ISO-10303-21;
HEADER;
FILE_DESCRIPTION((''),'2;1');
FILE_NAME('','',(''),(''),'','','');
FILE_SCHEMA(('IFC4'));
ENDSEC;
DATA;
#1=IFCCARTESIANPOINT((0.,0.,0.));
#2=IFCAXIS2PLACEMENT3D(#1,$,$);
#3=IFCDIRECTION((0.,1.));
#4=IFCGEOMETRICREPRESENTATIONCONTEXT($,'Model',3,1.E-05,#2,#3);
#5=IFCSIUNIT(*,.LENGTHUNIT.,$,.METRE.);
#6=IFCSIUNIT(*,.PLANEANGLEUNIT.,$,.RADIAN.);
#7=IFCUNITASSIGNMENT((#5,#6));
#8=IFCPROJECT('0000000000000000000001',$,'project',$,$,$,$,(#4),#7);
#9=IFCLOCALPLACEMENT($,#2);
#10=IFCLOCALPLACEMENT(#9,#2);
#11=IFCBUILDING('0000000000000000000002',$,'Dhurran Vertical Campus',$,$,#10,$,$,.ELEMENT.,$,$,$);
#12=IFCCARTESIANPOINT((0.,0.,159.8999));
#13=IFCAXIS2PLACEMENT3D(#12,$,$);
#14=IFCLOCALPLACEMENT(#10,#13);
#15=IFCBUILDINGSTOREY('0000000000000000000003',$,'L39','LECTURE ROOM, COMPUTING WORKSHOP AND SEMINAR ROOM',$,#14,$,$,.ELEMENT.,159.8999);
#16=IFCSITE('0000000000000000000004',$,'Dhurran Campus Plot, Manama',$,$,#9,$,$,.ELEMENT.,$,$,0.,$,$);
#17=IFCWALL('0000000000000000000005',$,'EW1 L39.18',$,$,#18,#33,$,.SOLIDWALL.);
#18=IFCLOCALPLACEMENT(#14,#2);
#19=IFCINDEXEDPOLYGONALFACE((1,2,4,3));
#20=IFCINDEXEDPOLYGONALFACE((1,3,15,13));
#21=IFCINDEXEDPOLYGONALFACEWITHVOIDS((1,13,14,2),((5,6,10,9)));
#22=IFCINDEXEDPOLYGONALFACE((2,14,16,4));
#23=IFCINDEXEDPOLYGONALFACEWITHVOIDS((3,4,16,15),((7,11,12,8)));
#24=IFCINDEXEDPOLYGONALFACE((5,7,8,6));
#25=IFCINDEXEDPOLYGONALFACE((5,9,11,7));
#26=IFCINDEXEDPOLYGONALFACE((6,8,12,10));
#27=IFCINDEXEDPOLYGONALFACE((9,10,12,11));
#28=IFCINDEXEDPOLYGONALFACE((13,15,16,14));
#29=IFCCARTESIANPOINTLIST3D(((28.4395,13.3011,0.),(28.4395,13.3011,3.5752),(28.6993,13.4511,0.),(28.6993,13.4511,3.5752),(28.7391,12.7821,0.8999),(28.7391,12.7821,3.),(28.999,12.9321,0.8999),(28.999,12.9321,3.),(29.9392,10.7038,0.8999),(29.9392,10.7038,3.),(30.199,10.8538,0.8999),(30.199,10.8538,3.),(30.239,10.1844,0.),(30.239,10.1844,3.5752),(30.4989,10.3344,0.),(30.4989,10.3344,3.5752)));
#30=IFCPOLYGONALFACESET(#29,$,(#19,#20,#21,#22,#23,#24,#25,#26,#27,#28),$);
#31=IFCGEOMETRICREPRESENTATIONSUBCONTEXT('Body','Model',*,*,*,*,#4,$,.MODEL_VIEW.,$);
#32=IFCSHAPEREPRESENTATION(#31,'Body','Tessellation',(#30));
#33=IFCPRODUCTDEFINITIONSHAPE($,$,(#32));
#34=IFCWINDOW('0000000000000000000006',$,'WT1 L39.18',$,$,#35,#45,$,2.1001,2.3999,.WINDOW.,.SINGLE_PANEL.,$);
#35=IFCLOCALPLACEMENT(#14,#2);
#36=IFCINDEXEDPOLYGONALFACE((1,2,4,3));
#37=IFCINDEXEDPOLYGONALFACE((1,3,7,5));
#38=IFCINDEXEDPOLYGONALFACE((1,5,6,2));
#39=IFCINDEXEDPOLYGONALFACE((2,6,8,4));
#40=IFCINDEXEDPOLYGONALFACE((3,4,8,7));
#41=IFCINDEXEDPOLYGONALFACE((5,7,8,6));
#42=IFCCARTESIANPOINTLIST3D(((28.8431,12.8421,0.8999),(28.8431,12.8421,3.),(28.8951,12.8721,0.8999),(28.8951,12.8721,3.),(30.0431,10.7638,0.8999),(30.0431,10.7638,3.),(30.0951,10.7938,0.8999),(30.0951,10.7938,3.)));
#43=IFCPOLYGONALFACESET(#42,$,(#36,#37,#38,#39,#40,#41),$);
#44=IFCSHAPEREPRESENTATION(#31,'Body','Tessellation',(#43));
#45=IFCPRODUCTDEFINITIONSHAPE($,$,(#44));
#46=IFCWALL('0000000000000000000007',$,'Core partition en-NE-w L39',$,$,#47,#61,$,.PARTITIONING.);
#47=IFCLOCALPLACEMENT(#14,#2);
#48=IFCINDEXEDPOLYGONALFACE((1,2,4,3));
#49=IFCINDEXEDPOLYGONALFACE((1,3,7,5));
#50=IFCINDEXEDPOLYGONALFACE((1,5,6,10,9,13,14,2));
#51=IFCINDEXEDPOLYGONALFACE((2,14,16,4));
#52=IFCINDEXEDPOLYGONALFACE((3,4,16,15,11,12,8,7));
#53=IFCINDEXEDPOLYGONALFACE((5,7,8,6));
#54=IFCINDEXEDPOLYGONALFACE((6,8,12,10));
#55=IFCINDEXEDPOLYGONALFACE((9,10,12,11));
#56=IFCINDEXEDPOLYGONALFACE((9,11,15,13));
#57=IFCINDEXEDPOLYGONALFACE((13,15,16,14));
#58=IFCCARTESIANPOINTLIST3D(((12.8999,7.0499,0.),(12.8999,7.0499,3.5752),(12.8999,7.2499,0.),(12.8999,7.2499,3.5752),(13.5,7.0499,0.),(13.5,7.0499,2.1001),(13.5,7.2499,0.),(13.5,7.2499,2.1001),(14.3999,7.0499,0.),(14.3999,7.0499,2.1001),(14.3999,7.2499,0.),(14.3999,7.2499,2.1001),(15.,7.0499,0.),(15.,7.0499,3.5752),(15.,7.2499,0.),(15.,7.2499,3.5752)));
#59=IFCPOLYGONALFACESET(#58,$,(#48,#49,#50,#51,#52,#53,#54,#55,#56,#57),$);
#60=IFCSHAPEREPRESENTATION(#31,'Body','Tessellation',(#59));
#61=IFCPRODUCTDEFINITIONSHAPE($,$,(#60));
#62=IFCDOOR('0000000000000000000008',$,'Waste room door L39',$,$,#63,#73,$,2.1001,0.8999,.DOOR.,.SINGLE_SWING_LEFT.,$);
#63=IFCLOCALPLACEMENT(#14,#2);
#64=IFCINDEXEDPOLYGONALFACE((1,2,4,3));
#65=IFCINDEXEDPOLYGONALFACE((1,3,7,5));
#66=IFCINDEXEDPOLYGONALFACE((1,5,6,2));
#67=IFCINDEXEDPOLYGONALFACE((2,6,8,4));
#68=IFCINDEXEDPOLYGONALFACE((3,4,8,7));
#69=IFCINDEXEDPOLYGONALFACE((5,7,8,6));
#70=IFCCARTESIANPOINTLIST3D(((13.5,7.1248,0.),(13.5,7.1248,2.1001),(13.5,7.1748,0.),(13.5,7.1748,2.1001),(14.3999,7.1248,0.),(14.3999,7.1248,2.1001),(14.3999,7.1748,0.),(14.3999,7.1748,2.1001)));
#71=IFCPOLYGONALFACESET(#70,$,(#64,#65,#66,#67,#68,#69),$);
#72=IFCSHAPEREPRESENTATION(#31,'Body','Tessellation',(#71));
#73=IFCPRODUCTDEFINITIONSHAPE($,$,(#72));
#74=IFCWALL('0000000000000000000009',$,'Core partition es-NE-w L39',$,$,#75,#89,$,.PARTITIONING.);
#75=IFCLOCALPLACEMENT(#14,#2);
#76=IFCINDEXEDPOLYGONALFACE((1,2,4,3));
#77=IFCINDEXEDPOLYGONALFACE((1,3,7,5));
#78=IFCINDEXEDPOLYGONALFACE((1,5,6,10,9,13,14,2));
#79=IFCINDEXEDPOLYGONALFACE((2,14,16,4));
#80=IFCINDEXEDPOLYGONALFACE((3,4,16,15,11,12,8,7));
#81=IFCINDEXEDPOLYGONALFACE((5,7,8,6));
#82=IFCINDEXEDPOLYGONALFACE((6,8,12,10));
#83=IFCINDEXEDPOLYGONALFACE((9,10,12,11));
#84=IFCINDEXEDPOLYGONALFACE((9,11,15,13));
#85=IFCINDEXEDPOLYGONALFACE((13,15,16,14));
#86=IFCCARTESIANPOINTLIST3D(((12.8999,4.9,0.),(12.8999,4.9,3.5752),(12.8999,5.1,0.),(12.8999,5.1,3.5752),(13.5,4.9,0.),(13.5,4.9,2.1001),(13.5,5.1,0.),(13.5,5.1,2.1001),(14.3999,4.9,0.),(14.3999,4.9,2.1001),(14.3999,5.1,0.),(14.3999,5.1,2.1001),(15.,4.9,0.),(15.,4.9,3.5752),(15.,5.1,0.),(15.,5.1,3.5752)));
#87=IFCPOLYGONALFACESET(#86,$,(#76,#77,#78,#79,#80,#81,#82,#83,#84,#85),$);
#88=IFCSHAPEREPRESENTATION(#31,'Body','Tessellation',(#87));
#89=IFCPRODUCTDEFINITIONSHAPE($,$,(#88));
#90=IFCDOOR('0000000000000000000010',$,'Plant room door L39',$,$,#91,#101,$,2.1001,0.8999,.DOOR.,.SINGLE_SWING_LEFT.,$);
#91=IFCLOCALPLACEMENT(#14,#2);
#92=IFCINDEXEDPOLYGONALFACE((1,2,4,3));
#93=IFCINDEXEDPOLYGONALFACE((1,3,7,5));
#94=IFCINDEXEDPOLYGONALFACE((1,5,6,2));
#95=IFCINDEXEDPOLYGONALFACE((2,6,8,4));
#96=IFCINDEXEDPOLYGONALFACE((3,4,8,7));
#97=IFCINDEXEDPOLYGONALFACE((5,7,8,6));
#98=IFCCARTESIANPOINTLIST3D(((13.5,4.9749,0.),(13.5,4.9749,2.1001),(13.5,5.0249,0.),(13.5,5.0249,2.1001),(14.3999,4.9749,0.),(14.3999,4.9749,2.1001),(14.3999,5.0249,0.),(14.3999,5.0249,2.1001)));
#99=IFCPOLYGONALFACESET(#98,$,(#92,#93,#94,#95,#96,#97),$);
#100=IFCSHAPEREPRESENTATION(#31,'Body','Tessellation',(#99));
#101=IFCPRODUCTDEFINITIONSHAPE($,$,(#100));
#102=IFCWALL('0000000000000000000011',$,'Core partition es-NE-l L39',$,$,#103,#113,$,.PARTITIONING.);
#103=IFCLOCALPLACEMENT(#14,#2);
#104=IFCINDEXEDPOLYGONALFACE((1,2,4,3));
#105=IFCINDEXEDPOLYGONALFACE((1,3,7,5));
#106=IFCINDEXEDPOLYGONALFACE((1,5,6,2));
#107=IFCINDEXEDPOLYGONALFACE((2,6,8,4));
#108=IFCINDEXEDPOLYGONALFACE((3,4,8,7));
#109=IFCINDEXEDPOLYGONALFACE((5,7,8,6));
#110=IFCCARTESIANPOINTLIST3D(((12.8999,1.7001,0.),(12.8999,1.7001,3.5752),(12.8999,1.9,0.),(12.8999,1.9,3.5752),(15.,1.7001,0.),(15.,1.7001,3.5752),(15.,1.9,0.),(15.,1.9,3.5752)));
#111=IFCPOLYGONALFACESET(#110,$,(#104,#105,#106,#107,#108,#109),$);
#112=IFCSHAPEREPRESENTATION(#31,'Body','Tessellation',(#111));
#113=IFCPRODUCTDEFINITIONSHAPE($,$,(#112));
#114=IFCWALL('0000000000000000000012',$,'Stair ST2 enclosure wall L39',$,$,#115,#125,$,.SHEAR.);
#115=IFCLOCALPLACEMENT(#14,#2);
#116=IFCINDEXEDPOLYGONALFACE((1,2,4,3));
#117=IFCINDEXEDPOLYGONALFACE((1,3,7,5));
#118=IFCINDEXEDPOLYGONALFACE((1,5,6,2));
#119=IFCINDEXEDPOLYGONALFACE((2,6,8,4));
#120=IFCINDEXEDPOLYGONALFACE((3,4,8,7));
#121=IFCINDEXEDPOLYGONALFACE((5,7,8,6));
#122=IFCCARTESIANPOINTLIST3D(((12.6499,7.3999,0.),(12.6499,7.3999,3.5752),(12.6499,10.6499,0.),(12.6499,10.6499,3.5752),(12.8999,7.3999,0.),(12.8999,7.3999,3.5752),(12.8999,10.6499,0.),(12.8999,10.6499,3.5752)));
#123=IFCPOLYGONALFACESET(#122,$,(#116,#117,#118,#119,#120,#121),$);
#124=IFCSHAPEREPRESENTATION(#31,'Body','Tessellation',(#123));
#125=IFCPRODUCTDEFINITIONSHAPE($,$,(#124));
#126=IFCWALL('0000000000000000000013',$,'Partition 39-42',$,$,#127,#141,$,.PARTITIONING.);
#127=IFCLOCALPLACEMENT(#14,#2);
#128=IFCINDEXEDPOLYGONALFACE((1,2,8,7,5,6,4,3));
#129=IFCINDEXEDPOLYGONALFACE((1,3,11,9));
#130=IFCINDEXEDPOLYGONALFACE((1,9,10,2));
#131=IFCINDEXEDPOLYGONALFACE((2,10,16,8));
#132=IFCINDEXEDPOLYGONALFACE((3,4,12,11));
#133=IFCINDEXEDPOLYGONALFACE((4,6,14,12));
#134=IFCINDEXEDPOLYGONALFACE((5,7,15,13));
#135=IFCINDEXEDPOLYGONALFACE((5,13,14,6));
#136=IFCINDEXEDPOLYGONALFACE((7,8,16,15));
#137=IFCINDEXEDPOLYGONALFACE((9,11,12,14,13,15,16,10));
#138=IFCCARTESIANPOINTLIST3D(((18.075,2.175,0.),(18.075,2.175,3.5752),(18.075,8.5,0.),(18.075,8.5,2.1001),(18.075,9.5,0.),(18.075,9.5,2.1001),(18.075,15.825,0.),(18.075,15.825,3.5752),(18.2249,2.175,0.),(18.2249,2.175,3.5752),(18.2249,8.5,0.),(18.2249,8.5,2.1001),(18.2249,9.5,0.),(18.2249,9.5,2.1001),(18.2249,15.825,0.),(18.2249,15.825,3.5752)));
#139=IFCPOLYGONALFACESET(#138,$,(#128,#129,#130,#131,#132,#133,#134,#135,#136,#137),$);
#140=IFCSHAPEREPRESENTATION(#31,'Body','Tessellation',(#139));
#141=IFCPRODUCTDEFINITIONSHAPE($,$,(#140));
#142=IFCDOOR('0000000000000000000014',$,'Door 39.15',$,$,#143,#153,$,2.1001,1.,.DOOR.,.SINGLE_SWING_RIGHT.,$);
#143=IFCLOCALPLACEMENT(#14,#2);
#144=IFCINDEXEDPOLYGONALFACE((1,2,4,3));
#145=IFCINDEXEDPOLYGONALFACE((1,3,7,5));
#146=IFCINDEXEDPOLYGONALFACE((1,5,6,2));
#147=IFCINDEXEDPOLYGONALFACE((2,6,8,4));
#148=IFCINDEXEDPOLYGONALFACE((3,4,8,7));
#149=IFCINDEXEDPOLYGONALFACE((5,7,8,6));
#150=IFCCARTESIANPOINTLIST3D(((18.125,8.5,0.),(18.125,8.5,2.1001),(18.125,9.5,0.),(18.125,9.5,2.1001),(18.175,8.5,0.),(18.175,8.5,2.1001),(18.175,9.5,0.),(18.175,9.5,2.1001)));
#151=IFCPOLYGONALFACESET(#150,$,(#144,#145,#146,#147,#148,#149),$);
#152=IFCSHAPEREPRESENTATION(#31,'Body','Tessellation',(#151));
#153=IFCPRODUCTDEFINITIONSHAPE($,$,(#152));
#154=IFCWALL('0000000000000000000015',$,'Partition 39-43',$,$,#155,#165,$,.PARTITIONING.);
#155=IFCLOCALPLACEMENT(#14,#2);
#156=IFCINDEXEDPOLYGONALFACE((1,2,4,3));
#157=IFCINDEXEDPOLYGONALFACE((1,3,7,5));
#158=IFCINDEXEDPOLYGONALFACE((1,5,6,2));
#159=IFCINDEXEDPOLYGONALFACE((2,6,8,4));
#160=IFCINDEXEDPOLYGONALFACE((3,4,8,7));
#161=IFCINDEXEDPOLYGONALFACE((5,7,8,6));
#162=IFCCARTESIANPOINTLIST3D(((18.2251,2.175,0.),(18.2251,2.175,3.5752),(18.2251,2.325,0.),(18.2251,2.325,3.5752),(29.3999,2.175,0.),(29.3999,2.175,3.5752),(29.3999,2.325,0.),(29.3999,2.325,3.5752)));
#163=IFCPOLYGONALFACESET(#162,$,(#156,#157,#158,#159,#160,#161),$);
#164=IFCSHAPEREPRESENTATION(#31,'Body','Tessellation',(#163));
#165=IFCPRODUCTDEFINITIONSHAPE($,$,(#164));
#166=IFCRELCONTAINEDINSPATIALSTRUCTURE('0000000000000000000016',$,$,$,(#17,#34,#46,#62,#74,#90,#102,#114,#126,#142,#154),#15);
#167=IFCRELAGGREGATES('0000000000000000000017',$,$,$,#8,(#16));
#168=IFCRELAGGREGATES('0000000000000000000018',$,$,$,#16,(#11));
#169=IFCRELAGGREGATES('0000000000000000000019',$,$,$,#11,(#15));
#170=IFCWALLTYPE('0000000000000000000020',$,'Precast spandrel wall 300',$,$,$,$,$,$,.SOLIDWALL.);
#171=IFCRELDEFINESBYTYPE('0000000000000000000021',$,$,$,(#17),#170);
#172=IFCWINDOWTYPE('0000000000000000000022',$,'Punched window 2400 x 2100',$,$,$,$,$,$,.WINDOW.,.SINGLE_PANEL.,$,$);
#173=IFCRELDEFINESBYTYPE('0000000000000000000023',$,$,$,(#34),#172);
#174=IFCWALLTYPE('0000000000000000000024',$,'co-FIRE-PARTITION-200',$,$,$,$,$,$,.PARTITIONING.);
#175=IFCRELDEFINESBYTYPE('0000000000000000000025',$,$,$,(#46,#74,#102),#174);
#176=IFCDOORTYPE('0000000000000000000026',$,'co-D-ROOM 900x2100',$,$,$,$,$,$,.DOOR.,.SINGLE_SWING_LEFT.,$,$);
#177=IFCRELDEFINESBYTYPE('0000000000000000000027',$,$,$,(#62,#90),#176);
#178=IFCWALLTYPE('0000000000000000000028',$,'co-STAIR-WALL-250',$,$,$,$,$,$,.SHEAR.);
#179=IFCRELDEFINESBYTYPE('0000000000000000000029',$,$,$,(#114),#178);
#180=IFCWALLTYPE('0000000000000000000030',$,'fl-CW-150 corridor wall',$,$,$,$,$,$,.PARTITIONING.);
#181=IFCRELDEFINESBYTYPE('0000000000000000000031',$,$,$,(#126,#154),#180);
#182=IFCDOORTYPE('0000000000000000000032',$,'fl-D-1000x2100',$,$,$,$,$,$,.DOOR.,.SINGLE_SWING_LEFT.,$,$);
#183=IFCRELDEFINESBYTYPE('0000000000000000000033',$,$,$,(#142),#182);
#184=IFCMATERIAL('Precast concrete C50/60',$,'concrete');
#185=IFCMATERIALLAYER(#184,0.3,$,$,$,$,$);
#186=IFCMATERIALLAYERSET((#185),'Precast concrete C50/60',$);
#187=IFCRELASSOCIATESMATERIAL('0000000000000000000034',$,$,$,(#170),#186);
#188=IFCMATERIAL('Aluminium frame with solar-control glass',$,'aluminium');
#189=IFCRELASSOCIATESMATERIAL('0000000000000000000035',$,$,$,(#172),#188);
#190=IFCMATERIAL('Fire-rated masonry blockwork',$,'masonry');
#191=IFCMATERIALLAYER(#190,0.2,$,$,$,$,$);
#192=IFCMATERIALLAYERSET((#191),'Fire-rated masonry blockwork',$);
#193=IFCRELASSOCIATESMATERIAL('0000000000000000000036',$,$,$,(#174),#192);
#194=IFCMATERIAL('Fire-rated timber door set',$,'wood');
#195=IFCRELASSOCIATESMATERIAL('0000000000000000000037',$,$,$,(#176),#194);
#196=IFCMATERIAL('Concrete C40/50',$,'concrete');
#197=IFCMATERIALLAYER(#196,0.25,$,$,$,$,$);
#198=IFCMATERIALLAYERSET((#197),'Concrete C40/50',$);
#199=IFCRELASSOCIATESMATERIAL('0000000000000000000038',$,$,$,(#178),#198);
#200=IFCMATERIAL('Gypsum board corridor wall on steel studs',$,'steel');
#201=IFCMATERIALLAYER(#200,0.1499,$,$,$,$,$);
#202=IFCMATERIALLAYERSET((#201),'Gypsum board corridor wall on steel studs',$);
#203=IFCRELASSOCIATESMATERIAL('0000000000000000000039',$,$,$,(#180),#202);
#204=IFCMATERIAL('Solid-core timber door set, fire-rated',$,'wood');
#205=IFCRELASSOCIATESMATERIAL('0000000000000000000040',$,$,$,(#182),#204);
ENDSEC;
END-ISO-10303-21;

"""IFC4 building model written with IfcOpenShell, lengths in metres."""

from ifc_helpers import new_model, si_unit, direction, frame, frame_2d, origin, place, context, subcontext, project, spatial, rectangle, extrude, material, layer, layer_set, type_object, element, fill, save


model = new_model("IFC4")

# Units and contexts
model_context = context("Model", 3, precision=1e-05, world=origin(), true_north=direction((0.0, 1.0)))
body_context = subcontext(model_context, "Body", "Model", "MODEL_VIEW")
ifc_project = project(units=[si_unit("LENGTHUNIT", "METRE"), si_unit("PLANEANGLEUNIT", "RADIAN")], contexts=[model_context])

# Site, building, storey
site_placement = place(None, origin())
site = spatial("IfcSite", under=ifc_project, at=site_placement, Name="Dhurran Campus Plot, Manama", CompositionType="ELEMENT", RefElevation=0.0)
building_placement = place(site_placement, origin())
building = spatial("IfcBuilding", under=site, at=building_placement, Name="Dhurran Vertical Campus", CompositionType="ELEMENT")
storey_placement = place(building_placement, frame((0.0, 0.0, 159.8999)))
storey = spatial("IfcBuildingStorey", under=building, at=storey_placement, Name="L39", Description="LECTURE ROOM, COMPUTING WORKSHOP AND SEMINAR ROOM", CompositionType="ELEMENT", Elevation=159.8999)

# Wall, opening, window
ifc_material_1 = material(Name="Precast concrete C50/60", Category="concrete")
ifc_layer_1 = layer(ifc_material_1, 0.3)
ifc_layer_set_1 = layer_set([ifc_layer_1], Name="Precast concrete C50/60")
wall_type_1 = type_object("IfcWallType", Name="Precast spandrel wall 300", PredefinedType="SOLIDWALL", material=ifc_layer_set_1)
ifc_material_2 = material(Name="Aluminium frame with solar-control glass", Category="aluminium")
window_type = type_object("IfcWindowType", Name="Punched window 2400 x 2100", PartitioningType="SINGLE_PANEL", PredefinedType="WINDOW", material=ifc_material_2)
wall_1_placement = place(storey_placement, frame((30.3689, 10.2595, 0.0), z_axis=(0.0, 0.0, 1.0), x_axis=(-0.500028, 0.866009, 0.0)))
wall_1 = element("IfcWall", 1, at=wall_1_placement, inside=storey, type_object=wall_type_1, Name="EW1 L39.18", PredefinedType="SOLIDWALL", context=body_context, shape_type="SweptSolid", body=[
    extrude(rectangle(XDim=3.5989, YDim=0.3, at=frame_2d((1.7993, 0.0))), origin(), (0.0, 0.0, 1.0), 3.5752),
])
opening_1_placement = place(wall_1_placement, frame((0.5996, 0.0, 0.8999)))
opening_1 = element("IfcOpeningElement", 2, at=opening_1_placement, cuts=wall_1, PredefinedType="OPENING", context=body_context, shape_type="SweptSolid", body=[
    extrude(rectangle(XDim=2.3999, YDim=2.1001, at=frame_2d((1.2, 1.05))), frame((0.0, 0.1599, 0.0), z_axis=(0.0, -1.0, 0.0), x_axis=(1.0, 0.0, 0.0)), (0.0, 0.0, 1.0), 0.3201),
])
window_1_placement = place(opening_1_placement, origin())
window_1 = element("IfcWindow", 3, at=window_1_placement, inside=storey, type_object=window_type, Name="WT1 L39.18", OverallHeight=2.1001, OverallWidth=2.3999, PartitioningType="SINGLE_PANEL", PredefinedType="WINDOW", context=body_context, shape_type="SweptSolid", body=[
    extrude(rectangle(XDim=2.3999, YDim=2.1001, at=frame_2d((1.2, 1.05))), frame((0.0, 0.03, 0.0), z_axis=(0.0, -1.0, 0.0), x_axis=(1.0, 0.0, 0.0)), (0.0, 0.0, 1.0), 0.0601),
])
fill(opening_1, window_1)

# Walls, openings, doors
ifc_material_3 = material(Name="Fire-rated masonry blockwork", Category="masonry")
ifc_layer_2 = layer(ifc_material_3, 0.2)
ifc_layer_set_2 = layer_set([ifc_layer_2], Name="Fire-rated masonry blockwork")
wall_type_2 = type_object("IfcWallType", Name="co-FIRE-PARTITION-200", PredefinedType="PARTITIONING", material=ifc_layer_set_2)
wall_2_placement = place(storey_placement, frame((12.8999, 7.1499, 0.0), z_axis=(0.0, 0.0, 1.0), x_axis=(1.0, 0.0, 0.0)))
wall_2 = element("IfcWall", 4, at=wall_2_placement, inside=storey, type_object=wall_type_2, Name="Core partition en-NE-w L39", PredefinedType="PARTITIONING", context=body_context, shape_type="SweptSolid", body=[
    extrude(rectangle(XDim=2.1001, YDim=0.2, at=frame_2d((1.05, 0.0))), origin(), (0.0, 0.0, 1.0), 3.5752),
])
opening_2_placement = place(wall_2_placement, frame((0.6001, 0.0, 0.0)))
opening_2 = element("IfcOpeningElement", 5, at=opening_2_placement, cuts=wall_2, PredefinedType="OPENING", context=body_context, shape_type="SweptSolid", body=[
    extrude(rectangle(XDim=0.8999, YDim=2.1001, at=frame_2d((0.45, 1.05))), frame((0.0, 0.1099, 0.0), z_axis=(0.0, -1.0, 0.0), x_axis=(1.0, 0.0, 0.0)), (0.0, 0.0, 1.0), 0.22),
])
ifc_material_4 = material(Name="Fire-rated timber door set", Category="wood")
door_type_1 = type_object("IfcDoorType", Name="co-D-ROOM 900x2100", OperationType="SINGLE_SWING_LEFT", PredefinedType="DOOR", material=ifc_material_4)
door_1_placement = place(opening_2_placement, origin())
door_1 = element("IfcDoor", 6, at=door_1_placement, inside=storey, type_object=door_type_1, Name="Waste room door L39", OperationType="SINGLE_SWING_LEFT", OverallHeight=2.1001, OverallWidth=0.8999, PredefinedType="DOOR", context=body_context, shape_type="SweptSolid", body=[
    extrude(rectangle(XDim=0.8999, YDim=2.1001, at=frame_2d((0.45, 1.05))), frame((0.0, 0.0249, 0.0), z_axis=(0.0, -1.0, 0.0), x_axis=(1.0, 0.0, 0.0)), (0.0, 0.0, 1.0), 0.05),
])
fill(opening_2, door_1)
wall_3_placement = place(storey_placement, frame((12.8999, 5.0, 0.0), z_axis=(0.0, 0.0, 1.0), x_axis=(1.0, 0.0, 0.0)))
wall_3 = element("IfcWall", 7, at=wall_3_placement, inside=storey, type_object=wall_type_2, Name="Core partition es-NE-w L39", PredefinedType="PARTITIONING", context=body_context, shape_type="SweptSolid", body=[
    extrude(rectangle(XDim=2.1001, YDim=0.2, at=frame_2d((1.05, 0.0))), origin(), (0.0, 0.0, 1.0), 3.5752),
])
opening_3_placement = place(wall_3_placement, frame((0.6001, 0.0, 0.0)))
opening_3 = element("IfcOpeningElement", 8, at=opening_3_placement, cuts=wall_3, PredefinedType="OPENING", context=body_context, shape_type="SweptSolid", body=[
    extrude(rectangle(XDim=0.8999, YDim=2.1001, at=frame_2d((0.45, 1.05))), frame((0.0, 0.1099, 0.0), z_axis=(0.0, -1.0, 0.0), x_axis=(1.0, 0.0, 0.0)), (0.0, 0.0, 1.0), 0.22),
])
door_2_placement = place(opening_3_placement, origin())
door_2 = element("IfcDoor", 9, at=door_2_placement, inside=storey, type_object=door_type_1, Name="Plant room door L39", OperationType="SINGLE_SWING_LEFT", OverallHeight=2.1001, OverallWidth=0.8999, PredefinedType="DOOR", context=body_context, shape_type="SweptSolid", body=[
    extrude(rectangle(XDim=0.8999, YDim=2.1001, at=frame_2d((0.45, 1.05))), frame((0.0, 0.0249, 0.0), z_axis=(0.0, -1.0, 0.0), x_axis=(1.0, 0.0, 0.0)), (0.0, 0.0, 1.0), 0.05),
])
fill(opening_3, door_2)

# Walls
wall_4_placement = place(storey_placement, frame((12.8999, 1.8, 0.0), z_axis=(0.0, 0.0, 1.0), x_axis=(1.0, 0.0, 0.0)))
element("IfcWall", 10, at=wall_4_placement, inside=storey, type_object=wall_type_2, Name="Core partition es-NE-l L39", PredefinedType="PARTITIONING", context=body_context, shape_type="SweptSolid", body=[
    extrude(rectangle(XDim=2.1001, YDim=0.2, at=frame_2d((1.05, 0.0))), origin(), (0.0, 0.0, 1.0), 3.5752),
])
ifc_material_5 = material(Name="Concrete C40/50", Category="concrete")
ifc_layer_3 = layer(ifc_material_5, 0.25)
ifc_layer_set_3 = layer_set([ifc_layer_3], Name="Concrete C40/50")
wall_type_3 = type_object("IfcWallType", Name="co-STAIR-WALL-250", PredefinedType="SHEAR", material=ifc_layer_set_3)
wall_5_placement = place(storey_placement, frame((12.7749, 7.3999, 0.0), z_axis=(0.0, 0.0, 1.0), x_axis=(0.0, 1.0, 0.0)))
element("IfcWall", 11, at=wall_5_placement, inside=storey, type_object=wall_type_3, Name="Stair ST2 enclosure wall L39", PredefinedType="SHEAR", context=body_context, shape_type="SweptSolid", body=[
    extrude(rectangle(XDim=3.25, YDim=0.25, at=frame_2d((1.625, 0.0))), origin(), (0.0, 0.0, 1.0), 3.5752),
])

# Wall, opening, door
ifc_material_6 = material(Name="Gypsum board corridor wall on steel studs", Category="steel")
ifc_layer_4 = layer(ifc_material_6, 0.1499)
ifc_layer_set_4 = layer_set([ifc_layer_4], Name="Gypsum board corridor wall on steel studs")
wall_type_4 = type_object("IfcWallType", Name="fl-CW-150 corridor wall", PredefinedType="PARTITIONING", material=ifc_layer_set_4)
wall_6_placement = place(storey_placement, frame((18.1499, 2.175, 0.0), z_axis=(0.0, 0.0, 1.0), x_axis=(0.0, 1.0, 0.0)))
wall_6 = element("IfcWall", 12, at=wall_6_placement, inside=storey, type_object=wall_type_4, Name="Partition 39-42", PredefinedType="PARTITIONING", context=body_context, shape_type="SweptSolid", body=[
    extrude(rectangle(XDim=13.6499, YDim=0.1499, at=frame_2d((6.825, 0.0))), origin(), (0.0, 0.0, 1.0), 3.5752),
])
opening_4_placement = place(wall_6_placement, frame((6.325, 0.0, 0.0)))
opening_4 = element("IfcOpeningElement", 13, at=opening_4_placement, cuts=wall_6, PredefinedType="OPENING", context=body_context, shape_type="SweptSolid", body=[
    extrude(rectangle(XDim=1.0, YDim=2.1001, at=frame_2d((0.5, 1.05))), frame((0.0, 0.085, 0.0), z_axis=(0.0, -1.0, 0.0), x_axis=(1.0, 0.0, 0.0)), (0.0, 0.0, 1.0), 0.1699),
])
ifc_material_7 = material(Name="Solid-core timber door set, fire-rated", Category="wood")
door_type_2 = type_object("IfcDoorType", Name="fl-D-1000x2100", OperationType="SINGLE_SWING_LEFT", PredefinedType="DOOR", material=ifc_material_7)
door_3_placement = place(opening_4_placement, origin())
door_3 = element("IfcDoor", 14, at=door_3_placement, inside=storey, type_object=door_type_2, Name="Door 39.15", OperationType="SINGLE_SWING_RIGHT", OverallHeight=2.1001, OverallWidth=1.0, PredefinedType="DOOR", context=body_context, shape_type="SweptSolid", body=[
    extrude(rectangle(XDim=1.0, YDim=2.1001, at=frame_2d((0.5, 1.05))), frame((0.0, 0.0249, 0.0), z_axis=(0.0, -1.0, 0.0), x_axis=(1.0, 0.0, 0.0)), (0.0, 0.0, 1.0), 0.05),
])
fill(opening_4, door_3)

# Wall
wall_7_placement = place(storey_placement, frame((18.2251, 2.25, 0.0), z_axis=(0.0, 0.0, 1.0), x_axis=(1.0, 0.0, 0.0)))
element("IfcWall", 15, at=wall_7_placement, inside=storey, type_object=wall_type_4, Name="Partition 39-43", PredefinedType="PARTITIONING", context=body_context, shape_type="SweptSolid", body=[
    extrude(rectangle(XDim=11.1748, YDim=0.1499, at=frame_2d((5.5874, 0.0))), origin(), (0.0, 0.0, 1.0), 3.5752),
])

save(model, "model.ifc")
